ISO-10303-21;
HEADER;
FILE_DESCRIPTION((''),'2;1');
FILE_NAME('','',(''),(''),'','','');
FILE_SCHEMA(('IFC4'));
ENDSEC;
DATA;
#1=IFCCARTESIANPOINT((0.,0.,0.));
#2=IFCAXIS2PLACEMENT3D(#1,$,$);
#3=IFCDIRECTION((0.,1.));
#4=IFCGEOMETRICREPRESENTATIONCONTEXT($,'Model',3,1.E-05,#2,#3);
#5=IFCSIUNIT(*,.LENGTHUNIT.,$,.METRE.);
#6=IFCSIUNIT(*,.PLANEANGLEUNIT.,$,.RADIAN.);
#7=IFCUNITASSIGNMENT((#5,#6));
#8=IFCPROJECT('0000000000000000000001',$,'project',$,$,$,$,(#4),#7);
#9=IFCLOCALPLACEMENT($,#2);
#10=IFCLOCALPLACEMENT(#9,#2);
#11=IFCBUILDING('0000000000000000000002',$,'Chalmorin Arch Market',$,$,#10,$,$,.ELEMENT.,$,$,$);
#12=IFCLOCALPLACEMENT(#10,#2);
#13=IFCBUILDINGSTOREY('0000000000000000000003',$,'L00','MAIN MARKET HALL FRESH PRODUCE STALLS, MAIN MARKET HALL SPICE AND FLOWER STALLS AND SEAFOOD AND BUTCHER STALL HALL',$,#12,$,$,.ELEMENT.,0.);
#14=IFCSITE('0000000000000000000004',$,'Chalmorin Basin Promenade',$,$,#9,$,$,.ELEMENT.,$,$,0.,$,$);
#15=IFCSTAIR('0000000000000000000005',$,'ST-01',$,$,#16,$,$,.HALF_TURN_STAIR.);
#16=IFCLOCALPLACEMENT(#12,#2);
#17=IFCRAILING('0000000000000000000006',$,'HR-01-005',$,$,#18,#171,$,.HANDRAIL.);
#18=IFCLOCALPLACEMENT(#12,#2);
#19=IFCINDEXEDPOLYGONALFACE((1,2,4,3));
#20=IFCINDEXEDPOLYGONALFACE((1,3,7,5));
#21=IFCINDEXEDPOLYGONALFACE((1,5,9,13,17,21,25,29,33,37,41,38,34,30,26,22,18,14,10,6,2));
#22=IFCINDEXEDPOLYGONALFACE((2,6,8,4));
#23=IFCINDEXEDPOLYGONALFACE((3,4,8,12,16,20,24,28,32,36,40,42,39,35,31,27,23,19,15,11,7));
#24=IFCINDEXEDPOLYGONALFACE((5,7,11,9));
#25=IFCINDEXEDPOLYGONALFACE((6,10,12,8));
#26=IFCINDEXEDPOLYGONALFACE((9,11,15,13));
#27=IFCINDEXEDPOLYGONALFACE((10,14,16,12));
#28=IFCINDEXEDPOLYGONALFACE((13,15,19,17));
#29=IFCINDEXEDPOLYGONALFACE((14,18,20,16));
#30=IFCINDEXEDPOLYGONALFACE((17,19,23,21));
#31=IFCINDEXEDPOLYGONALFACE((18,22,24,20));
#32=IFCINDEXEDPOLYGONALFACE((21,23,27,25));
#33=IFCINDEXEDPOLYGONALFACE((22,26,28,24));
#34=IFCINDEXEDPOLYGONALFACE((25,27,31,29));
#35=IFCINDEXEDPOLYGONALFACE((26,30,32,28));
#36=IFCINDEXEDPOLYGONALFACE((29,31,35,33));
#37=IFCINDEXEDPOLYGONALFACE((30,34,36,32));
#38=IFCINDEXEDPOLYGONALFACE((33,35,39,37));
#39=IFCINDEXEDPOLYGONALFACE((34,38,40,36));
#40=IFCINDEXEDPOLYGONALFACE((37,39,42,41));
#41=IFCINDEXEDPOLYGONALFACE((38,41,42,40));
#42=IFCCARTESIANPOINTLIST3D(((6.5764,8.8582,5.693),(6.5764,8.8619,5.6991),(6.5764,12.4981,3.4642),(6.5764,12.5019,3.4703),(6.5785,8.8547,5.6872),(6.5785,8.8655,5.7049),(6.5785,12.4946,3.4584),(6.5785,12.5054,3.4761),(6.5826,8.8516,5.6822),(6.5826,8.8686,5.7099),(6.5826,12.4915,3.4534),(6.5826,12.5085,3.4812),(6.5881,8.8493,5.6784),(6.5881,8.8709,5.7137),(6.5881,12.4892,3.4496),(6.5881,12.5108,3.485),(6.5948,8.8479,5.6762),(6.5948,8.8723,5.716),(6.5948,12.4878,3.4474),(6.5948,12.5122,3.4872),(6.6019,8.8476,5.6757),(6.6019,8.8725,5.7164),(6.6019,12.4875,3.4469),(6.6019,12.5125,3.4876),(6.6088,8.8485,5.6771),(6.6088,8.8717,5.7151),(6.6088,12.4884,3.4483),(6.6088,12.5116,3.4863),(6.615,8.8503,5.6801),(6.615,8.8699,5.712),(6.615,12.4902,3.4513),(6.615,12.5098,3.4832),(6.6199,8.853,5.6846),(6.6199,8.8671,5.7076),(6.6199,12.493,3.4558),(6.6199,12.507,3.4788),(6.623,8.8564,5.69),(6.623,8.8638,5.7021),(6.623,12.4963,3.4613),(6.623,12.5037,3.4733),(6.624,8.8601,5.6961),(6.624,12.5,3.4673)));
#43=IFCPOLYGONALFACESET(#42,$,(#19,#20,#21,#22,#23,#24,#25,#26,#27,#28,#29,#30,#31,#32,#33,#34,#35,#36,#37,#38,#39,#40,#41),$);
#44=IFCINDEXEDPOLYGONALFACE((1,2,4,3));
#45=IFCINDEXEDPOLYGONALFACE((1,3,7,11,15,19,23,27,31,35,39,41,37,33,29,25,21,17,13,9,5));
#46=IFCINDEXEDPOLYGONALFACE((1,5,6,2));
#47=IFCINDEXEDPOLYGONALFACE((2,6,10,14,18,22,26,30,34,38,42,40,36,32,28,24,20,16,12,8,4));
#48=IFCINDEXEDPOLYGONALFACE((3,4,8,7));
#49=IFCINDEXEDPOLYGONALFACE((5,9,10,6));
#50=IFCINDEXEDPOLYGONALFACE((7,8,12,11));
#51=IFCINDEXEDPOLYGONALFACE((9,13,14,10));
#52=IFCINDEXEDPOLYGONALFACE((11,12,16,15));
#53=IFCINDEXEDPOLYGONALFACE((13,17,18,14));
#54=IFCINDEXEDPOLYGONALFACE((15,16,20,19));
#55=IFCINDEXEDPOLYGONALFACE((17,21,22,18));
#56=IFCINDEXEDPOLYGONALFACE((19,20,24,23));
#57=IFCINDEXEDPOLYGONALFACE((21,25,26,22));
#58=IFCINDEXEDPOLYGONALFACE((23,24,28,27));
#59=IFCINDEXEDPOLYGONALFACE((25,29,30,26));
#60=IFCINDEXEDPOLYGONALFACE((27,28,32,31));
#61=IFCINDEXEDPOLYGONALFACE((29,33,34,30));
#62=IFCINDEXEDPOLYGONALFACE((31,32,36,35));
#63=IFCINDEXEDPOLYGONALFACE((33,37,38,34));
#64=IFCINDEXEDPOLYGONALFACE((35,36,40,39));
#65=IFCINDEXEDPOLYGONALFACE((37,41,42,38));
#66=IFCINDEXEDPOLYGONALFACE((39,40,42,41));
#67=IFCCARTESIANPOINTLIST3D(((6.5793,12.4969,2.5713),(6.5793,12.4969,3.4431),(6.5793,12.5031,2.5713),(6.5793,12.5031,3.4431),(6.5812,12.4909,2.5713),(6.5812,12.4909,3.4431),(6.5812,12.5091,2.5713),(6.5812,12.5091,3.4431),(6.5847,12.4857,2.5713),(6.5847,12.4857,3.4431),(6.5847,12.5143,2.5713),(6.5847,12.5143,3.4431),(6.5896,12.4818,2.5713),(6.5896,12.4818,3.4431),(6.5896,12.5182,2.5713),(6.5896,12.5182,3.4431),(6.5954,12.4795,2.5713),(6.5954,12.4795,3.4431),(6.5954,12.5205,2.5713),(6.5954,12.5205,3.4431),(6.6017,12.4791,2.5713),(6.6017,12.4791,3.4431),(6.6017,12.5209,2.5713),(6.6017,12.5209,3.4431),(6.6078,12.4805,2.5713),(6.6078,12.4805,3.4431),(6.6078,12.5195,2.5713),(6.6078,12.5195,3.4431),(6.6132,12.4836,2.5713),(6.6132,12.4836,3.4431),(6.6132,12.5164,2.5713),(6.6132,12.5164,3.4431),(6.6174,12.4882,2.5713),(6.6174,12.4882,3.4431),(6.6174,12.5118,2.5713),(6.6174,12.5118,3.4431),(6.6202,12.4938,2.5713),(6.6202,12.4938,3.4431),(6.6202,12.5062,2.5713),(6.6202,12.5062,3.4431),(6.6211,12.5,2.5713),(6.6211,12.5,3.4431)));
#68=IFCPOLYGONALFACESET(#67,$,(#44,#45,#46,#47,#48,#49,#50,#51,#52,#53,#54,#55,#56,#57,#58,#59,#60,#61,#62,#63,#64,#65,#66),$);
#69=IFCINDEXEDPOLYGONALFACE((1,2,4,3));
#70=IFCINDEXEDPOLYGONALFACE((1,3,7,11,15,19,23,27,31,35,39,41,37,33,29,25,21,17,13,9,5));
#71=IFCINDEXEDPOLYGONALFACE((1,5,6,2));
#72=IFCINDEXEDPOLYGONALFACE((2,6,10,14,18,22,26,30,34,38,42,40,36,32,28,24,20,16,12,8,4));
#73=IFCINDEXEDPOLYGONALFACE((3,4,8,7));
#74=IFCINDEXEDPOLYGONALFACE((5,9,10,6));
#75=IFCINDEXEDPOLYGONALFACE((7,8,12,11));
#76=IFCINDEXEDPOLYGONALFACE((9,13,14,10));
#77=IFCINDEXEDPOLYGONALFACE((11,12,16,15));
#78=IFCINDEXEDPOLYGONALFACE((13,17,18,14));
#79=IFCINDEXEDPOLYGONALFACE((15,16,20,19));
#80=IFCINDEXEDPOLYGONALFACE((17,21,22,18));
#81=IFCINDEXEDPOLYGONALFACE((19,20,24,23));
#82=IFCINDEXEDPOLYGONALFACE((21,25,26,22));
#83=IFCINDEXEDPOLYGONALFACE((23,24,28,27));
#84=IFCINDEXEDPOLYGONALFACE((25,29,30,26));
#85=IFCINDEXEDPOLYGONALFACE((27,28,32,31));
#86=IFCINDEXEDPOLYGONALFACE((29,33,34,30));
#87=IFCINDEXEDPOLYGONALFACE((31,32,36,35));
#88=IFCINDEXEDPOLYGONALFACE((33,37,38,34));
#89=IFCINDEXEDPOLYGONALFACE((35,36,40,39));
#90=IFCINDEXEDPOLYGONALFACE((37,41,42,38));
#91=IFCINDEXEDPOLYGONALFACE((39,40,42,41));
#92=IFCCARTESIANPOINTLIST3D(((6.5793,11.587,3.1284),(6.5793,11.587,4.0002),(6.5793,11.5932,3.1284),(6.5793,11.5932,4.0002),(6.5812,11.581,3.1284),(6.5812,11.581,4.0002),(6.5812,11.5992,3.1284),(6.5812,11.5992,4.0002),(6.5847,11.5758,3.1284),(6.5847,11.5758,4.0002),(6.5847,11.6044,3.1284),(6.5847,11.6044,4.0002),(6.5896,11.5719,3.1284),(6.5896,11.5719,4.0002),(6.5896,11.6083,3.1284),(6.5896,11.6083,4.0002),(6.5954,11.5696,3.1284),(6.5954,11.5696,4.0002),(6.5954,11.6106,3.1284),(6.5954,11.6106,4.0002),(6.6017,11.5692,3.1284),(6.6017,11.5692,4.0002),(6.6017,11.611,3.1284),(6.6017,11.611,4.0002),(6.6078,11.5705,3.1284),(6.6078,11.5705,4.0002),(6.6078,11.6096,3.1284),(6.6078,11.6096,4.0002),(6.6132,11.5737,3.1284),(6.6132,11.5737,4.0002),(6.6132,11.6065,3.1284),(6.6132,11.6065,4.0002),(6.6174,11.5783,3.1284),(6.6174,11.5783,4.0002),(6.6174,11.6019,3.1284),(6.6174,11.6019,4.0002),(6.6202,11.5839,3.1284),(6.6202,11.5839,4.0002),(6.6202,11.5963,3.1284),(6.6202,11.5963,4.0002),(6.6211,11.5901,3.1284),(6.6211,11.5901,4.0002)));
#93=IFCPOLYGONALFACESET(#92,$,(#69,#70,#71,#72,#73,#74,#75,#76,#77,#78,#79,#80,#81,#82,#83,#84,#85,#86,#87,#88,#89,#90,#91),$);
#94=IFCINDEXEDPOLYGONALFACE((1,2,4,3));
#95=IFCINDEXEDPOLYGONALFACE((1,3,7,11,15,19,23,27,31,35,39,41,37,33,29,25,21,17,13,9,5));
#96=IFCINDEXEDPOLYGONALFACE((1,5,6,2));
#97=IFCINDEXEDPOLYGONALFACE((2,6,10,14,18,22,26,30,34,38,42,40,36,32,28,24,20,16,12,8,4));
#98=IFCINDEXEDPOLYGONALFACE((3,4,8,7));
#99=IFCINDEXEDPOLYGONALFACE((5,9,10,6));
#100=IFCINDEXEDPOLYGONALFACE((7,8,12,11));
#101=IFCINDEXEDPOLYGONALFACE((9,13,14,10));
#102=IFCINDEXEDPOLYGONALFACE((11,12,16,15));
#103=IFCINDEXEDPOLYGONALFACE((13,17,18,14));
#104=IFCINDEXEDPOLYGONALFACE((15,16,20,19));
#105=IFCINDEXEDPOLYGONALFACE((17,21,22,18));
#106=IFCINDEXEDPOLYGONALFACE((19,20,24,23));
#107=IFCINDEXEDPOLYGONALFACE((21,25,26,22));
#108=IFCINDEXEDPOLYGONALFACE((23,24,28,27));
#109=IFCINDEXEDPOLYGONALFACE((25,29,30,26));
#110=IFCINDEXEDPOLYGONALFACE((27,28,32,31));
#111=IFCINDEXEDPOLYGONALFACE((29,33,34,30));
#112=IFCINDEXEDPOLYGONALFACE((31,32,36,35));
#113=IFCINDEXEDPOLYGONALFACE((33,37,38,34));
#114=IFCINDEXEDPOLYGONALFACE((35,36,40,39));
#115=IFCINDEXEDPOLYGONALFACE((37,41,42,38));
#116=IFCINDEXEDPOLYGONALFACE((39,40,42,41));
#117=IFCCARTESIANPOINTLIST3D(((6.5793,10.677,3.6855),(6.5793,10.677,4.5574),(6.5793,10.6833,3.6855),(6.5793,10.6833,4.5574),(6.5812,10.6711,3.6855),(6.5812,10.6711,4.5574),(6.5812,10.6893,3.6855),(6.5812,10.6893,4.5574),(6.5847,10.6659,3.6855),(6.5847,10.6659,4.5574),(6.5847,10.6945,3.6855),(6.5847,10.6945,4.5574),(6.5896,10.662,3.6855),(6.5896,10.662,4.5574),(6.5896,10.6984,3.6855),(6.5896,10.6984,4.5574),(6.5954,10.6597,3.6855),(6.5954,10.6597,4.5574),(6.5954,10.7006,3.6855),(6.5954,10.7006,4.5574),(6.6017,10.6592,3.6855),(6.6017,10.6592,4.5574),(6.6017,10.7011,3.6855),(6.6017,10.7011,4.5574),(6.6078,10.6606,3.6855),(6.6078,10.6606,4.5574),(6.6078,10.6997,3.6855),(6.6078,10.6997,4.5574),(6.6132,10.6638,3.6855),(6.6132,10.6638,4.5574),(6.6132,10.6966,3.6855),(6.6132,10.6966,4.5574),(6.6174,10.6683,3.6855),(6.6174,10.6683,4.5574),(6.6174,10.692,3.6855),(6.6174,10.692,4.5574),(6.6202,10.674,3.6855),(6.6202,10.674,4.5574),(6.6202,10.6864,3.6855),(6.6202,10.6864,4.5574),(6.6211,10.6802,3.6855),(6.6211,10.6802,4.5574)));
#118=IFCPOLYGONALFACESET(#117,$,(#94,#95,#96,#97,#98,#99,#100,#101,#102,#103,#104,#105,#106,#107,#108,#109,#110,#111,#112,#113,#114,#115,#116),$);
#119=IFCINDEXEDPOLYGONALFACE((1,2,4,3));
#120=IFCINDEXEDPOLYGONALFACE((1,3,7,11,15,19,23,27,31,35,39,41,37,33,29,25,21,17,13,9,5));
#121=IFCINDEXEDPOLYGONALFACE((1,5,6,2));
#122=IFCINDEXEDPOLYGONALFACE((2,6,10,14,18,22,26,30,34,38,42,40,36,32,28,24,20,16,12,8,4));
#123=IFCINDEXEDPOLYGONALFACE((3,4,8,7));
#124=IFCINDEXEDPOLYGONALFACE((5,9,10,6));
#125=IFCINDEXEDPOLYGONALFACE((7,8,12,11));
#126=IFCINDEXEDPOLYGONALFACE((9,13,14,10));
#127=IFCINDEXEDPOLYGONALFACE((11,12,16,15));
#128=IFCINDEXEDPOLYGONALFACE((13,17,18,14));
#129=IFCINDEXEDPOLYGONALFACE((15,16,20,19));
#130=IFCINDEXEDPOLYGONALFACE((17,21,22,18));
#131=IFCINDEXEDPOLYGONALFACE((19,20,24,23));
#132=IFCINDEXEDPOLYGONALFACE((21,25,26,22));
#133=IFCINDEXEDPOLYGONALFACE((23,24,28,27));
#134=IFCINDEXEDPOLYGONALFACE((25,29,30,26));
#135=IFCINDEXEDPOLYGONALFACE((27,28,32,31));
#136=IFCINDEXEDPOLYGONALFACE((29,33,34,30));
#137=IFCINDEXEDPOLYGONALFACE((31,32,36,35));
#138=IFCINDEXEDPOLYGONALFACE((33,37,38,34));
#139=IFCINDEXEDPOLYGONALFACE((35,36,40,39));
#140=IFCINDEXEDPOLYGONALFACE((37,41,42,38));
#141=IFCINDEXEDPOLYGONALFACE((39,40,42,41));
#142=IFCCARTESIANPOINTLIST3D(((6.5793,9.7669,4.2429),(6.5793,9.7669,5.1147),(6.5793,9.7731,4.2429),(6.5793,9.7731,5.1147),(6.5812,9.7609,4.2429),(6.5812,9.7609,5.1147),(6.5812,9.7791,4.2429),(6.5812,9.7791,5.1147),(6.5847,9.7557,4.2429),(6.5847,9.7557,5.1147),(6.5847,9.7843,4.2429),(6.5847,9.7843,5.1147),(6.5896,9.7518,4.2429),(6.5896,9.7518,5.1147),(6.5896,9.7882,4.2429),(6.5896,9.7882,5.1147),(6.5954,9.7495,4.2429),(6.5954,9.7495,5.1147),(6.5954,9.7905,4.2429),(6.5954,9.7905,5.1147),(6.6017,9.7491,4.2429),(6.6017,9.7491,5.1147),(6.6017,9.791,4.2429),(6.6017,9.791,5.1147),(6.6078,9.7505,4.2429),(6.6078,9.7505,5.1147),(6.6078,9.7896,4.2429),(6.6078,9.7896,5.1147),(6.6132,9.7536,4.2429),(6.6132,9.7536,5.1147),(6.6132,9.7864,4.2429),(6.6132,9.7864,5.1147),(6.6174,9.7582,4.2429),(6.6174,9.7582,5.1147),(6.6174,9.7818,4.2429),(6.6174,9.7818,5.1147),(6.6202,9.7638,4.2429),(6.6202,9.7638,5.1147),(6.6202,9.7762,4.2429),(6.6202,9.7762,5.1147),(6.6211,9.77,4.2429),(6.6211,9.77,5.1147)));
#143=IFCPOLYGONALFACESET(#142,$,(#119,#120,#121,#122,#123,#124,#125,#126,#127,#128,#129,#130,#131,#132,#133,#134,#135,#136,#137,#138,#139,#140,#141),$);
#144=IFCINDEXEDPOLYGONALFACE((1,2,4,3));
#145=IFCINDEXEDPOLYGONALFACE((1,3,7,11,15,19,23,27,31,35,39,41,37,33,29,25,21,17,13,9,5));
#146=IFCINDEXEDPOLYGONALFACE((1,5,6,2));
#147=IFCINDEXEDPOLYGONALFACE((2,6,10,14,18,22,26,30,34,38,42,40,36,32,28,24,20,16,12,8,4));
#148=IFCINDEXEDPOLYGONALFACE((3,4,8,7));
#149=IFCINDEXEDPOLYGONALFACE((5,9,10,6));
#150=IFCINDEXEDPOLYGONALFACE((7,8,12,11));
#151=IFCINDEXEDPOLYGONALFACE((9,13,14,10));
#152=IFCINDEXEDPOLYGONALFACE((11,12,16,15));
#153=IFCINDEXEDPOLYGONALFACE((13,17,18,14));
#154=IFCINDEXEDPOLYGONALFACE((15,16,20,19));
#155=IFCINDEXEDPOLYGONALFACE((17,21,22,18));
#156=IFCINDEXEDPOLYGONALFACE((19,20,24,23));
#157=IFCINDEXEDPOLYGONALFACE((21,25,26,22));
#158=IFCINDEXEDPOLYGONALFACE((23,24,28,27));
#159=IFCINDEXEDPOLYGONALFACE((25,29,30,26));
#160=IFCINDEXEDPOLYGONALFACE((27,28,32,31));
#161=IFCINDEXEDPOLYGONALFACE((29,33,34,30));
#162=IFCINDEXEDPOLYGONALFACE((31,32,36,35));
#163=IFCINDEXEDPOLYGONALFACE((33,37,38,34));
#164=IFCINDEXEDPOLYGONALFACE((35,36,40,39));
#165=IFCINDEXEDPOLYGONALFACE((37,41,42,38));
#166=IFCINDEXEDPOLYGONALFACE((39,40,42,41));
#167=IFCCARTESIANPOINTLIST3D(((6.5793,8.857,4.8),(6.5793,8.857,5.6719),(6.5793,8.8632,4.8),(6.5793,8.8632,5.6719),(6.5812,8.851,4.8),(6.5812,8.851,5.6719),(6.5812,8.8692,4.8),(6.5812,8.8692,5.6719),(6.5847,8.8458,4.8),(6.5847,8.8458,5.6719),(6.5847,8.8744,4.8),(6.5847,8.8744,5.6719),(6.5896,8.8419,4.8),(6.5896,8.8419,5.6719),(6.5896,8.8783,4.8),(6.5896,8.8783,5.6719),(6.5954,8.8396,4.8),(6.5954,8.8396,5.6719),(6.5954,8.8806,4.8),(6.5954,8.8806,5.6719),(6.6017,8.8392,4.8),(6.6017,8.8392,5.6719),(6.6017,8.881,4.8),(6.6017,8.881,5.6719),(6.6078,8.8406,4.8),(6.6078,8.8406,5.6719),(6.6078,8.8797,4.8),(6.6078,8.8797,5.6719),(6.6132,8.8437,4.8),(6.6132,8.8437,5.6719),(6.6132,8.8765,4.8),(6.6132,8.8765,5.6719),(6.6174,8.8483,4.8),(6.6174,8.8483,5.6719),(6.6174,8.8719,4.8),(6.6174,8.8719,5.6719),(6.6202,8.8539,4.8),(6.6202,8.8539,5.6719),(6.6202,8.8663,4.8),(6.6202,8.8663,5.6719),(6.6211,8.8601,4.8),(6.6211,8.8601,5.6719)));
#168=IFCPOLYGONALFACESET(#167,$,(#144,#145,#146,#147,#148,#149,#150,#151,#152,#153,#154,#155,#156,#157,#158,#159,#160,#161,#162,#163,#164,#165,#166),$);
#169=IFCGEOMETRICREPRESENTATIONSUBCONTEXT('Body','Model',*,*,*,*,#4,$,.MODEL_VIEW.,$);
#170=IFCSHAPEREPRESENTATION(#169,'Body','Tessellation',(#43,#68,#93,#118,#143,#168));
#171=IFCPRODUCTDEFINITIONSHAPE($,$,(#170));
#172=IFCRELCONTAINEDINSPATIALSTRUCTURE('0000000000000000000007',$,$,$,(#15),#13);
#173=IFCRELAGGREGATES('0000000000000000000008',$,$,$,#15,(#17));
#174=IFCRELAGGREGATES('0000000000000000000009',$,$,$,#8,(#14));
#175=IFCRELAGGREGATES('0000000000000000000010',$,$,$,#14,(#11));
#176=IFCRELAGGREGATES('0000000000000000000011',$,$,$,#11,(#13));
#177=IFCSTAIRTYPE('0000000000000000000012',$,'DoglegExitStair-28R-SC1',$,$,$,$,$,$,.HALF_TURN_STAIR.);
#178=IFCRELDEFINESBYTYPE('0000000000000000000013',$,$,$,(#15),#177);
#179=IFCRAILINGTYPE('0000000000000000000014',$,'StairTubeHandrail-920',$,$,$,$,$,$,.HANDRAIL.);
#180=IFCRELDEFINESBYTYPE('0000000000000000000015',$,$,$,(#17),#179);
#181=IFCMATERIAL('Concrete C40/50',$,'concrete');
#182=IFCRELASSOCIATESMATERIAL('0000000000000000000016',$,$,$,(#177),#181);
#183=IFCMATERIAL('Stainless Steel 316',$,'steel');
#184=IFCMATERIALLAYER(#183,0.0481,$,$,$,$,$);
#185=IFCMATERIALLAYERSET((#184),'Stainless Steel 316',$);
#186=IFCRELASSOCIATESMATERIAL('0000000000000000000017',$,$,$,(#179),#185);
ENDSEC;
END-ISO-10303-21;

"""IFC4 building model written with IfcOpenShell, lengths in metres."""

from ifc_helpers import new_model, si_unit, direction, frame, origin, origin_2d, place, context, subcontext, project, spatial, circle, extrude, material, layer, layer_set, type_object, element, aggregate, save


model = new_model("IFC4")

# Units and contexts
model_context = context("Model", 3, precision=1e-05, world=origin(), true_north=direction((0.0, 1.0)))
body_context = subcontext(model_context, "Body", "Model", "MODEL_VIEW")
ifc_project = project(units=[si_unit("LENGTHUNIT", "METRE"), si_unit("PLANEANGLEUNIT", "RADIAN")], contexts=[model_context])

# Site, building, storey
site_placement = place(None, origin())
site = spatial("IfcSite", under=ifc_project, at=site_placement, Name="Chalmorin Basin Promenade", CompositionType="ELEMENT", RefElevation=0.0)
building_placement = place(site_placement, origin())
building = spatial("IfcBuilding", under=site, at=building_placement, Name="Chalmorin Arch Market", CompositionType="ELEMENT")
storey_placement = place(building_placement, origin())
storey = spatial("IfcBuildingStorey", under=building, at=storey_placement, Name="L00", Description="MAIN MARKET HALL FRESH PRODUCE STALLS, MAIN MARKET HALL SPICE AND FLOWER STALLS AND SEAFOOD AND BUTCHER STALL HALL", CompositionType="ELEMENT", Elevation=0.0)

# Shared definitions
ifc_material_1 = material(Name="Concrete C40/50", Category="concrete")

# Shared definitions
ifc_material_2 = material(Name="Stainless Steel 316", Category="steel")

# Stair, railing
stair_type = type_object("IfcStairType", Name="DoglegExitStair-28R-SC1", PredefinedType="HALF_TURN_STAIR", material=ifc_material_1)
stair_placement = place(storey_placement, origin())
stair = element("IfcStair", 1, at=stair_placement, inside=storey, type_object=stair_type, Name="ST-01", PredefinedType="HALF_TURN_STAIR")
ifc_layer_1 = layer(ifc_material_2, 0.0481)
ifc_layer_set_1 = layer_set([ifc_layer_1], Name="Stainless Steel 316")
railing_type_1 = type_object("IfcRailingType", Name="StairTubeHandrail-920", PredefinedType="HANDRAIL", material=ifc_layer_set_1)
railing_1_placement = place(storey_placement, frame((6.6001, 12.5, 2.5713)))
railing_1 = element("IfcRailing", 2, at=railing_1_placement, type_object=railing_type_1, Name="HR-01-005", PredefinedType="HANDRAIL", context=body_context, shape_type="SweptSolid", body=[
    extrude(circle(Radius=0.0239, at=origin_2d()), frame((0.0, 0.0, 0.896), z_axis=(0.0, -0.852825, 0.522197), x_axis=(1.0, 0.0, 0.0)), (0.0, 0.0, 1.0), 4.2681),
    extrude(circle(Radius=0.021, at=origin_2d()), origin(), (0.0, 0.0, 1.0), 0.8718),
    extrude(circle(Radius=0.021, at=origin_2d()), frame((0.0, -0.9099, 0.5571)), (0.0, 0.0, 1.0), 0.8718),
    extrude(circle(Radius=0.021, at=origin_2d()), frame((0.0, -1.8198, 1.1143)), (0.0, 0.0, 1.0), 0.8718),
    extrude(circle(Radius=0.021, at=origin_2d()), frame((0.0, -2.73, 1.6716)), (0.0, 0.0, 1.0), 0.8718),
    extrude(circle(Radius=0.021, at=origin_2d()), frame((0.0, -3.6399, 2.2288)), (0.0, 0.0, 1.0), 0.8718),
])
aggregate(stair, [railing_1])

save(model, "model.ifc")
